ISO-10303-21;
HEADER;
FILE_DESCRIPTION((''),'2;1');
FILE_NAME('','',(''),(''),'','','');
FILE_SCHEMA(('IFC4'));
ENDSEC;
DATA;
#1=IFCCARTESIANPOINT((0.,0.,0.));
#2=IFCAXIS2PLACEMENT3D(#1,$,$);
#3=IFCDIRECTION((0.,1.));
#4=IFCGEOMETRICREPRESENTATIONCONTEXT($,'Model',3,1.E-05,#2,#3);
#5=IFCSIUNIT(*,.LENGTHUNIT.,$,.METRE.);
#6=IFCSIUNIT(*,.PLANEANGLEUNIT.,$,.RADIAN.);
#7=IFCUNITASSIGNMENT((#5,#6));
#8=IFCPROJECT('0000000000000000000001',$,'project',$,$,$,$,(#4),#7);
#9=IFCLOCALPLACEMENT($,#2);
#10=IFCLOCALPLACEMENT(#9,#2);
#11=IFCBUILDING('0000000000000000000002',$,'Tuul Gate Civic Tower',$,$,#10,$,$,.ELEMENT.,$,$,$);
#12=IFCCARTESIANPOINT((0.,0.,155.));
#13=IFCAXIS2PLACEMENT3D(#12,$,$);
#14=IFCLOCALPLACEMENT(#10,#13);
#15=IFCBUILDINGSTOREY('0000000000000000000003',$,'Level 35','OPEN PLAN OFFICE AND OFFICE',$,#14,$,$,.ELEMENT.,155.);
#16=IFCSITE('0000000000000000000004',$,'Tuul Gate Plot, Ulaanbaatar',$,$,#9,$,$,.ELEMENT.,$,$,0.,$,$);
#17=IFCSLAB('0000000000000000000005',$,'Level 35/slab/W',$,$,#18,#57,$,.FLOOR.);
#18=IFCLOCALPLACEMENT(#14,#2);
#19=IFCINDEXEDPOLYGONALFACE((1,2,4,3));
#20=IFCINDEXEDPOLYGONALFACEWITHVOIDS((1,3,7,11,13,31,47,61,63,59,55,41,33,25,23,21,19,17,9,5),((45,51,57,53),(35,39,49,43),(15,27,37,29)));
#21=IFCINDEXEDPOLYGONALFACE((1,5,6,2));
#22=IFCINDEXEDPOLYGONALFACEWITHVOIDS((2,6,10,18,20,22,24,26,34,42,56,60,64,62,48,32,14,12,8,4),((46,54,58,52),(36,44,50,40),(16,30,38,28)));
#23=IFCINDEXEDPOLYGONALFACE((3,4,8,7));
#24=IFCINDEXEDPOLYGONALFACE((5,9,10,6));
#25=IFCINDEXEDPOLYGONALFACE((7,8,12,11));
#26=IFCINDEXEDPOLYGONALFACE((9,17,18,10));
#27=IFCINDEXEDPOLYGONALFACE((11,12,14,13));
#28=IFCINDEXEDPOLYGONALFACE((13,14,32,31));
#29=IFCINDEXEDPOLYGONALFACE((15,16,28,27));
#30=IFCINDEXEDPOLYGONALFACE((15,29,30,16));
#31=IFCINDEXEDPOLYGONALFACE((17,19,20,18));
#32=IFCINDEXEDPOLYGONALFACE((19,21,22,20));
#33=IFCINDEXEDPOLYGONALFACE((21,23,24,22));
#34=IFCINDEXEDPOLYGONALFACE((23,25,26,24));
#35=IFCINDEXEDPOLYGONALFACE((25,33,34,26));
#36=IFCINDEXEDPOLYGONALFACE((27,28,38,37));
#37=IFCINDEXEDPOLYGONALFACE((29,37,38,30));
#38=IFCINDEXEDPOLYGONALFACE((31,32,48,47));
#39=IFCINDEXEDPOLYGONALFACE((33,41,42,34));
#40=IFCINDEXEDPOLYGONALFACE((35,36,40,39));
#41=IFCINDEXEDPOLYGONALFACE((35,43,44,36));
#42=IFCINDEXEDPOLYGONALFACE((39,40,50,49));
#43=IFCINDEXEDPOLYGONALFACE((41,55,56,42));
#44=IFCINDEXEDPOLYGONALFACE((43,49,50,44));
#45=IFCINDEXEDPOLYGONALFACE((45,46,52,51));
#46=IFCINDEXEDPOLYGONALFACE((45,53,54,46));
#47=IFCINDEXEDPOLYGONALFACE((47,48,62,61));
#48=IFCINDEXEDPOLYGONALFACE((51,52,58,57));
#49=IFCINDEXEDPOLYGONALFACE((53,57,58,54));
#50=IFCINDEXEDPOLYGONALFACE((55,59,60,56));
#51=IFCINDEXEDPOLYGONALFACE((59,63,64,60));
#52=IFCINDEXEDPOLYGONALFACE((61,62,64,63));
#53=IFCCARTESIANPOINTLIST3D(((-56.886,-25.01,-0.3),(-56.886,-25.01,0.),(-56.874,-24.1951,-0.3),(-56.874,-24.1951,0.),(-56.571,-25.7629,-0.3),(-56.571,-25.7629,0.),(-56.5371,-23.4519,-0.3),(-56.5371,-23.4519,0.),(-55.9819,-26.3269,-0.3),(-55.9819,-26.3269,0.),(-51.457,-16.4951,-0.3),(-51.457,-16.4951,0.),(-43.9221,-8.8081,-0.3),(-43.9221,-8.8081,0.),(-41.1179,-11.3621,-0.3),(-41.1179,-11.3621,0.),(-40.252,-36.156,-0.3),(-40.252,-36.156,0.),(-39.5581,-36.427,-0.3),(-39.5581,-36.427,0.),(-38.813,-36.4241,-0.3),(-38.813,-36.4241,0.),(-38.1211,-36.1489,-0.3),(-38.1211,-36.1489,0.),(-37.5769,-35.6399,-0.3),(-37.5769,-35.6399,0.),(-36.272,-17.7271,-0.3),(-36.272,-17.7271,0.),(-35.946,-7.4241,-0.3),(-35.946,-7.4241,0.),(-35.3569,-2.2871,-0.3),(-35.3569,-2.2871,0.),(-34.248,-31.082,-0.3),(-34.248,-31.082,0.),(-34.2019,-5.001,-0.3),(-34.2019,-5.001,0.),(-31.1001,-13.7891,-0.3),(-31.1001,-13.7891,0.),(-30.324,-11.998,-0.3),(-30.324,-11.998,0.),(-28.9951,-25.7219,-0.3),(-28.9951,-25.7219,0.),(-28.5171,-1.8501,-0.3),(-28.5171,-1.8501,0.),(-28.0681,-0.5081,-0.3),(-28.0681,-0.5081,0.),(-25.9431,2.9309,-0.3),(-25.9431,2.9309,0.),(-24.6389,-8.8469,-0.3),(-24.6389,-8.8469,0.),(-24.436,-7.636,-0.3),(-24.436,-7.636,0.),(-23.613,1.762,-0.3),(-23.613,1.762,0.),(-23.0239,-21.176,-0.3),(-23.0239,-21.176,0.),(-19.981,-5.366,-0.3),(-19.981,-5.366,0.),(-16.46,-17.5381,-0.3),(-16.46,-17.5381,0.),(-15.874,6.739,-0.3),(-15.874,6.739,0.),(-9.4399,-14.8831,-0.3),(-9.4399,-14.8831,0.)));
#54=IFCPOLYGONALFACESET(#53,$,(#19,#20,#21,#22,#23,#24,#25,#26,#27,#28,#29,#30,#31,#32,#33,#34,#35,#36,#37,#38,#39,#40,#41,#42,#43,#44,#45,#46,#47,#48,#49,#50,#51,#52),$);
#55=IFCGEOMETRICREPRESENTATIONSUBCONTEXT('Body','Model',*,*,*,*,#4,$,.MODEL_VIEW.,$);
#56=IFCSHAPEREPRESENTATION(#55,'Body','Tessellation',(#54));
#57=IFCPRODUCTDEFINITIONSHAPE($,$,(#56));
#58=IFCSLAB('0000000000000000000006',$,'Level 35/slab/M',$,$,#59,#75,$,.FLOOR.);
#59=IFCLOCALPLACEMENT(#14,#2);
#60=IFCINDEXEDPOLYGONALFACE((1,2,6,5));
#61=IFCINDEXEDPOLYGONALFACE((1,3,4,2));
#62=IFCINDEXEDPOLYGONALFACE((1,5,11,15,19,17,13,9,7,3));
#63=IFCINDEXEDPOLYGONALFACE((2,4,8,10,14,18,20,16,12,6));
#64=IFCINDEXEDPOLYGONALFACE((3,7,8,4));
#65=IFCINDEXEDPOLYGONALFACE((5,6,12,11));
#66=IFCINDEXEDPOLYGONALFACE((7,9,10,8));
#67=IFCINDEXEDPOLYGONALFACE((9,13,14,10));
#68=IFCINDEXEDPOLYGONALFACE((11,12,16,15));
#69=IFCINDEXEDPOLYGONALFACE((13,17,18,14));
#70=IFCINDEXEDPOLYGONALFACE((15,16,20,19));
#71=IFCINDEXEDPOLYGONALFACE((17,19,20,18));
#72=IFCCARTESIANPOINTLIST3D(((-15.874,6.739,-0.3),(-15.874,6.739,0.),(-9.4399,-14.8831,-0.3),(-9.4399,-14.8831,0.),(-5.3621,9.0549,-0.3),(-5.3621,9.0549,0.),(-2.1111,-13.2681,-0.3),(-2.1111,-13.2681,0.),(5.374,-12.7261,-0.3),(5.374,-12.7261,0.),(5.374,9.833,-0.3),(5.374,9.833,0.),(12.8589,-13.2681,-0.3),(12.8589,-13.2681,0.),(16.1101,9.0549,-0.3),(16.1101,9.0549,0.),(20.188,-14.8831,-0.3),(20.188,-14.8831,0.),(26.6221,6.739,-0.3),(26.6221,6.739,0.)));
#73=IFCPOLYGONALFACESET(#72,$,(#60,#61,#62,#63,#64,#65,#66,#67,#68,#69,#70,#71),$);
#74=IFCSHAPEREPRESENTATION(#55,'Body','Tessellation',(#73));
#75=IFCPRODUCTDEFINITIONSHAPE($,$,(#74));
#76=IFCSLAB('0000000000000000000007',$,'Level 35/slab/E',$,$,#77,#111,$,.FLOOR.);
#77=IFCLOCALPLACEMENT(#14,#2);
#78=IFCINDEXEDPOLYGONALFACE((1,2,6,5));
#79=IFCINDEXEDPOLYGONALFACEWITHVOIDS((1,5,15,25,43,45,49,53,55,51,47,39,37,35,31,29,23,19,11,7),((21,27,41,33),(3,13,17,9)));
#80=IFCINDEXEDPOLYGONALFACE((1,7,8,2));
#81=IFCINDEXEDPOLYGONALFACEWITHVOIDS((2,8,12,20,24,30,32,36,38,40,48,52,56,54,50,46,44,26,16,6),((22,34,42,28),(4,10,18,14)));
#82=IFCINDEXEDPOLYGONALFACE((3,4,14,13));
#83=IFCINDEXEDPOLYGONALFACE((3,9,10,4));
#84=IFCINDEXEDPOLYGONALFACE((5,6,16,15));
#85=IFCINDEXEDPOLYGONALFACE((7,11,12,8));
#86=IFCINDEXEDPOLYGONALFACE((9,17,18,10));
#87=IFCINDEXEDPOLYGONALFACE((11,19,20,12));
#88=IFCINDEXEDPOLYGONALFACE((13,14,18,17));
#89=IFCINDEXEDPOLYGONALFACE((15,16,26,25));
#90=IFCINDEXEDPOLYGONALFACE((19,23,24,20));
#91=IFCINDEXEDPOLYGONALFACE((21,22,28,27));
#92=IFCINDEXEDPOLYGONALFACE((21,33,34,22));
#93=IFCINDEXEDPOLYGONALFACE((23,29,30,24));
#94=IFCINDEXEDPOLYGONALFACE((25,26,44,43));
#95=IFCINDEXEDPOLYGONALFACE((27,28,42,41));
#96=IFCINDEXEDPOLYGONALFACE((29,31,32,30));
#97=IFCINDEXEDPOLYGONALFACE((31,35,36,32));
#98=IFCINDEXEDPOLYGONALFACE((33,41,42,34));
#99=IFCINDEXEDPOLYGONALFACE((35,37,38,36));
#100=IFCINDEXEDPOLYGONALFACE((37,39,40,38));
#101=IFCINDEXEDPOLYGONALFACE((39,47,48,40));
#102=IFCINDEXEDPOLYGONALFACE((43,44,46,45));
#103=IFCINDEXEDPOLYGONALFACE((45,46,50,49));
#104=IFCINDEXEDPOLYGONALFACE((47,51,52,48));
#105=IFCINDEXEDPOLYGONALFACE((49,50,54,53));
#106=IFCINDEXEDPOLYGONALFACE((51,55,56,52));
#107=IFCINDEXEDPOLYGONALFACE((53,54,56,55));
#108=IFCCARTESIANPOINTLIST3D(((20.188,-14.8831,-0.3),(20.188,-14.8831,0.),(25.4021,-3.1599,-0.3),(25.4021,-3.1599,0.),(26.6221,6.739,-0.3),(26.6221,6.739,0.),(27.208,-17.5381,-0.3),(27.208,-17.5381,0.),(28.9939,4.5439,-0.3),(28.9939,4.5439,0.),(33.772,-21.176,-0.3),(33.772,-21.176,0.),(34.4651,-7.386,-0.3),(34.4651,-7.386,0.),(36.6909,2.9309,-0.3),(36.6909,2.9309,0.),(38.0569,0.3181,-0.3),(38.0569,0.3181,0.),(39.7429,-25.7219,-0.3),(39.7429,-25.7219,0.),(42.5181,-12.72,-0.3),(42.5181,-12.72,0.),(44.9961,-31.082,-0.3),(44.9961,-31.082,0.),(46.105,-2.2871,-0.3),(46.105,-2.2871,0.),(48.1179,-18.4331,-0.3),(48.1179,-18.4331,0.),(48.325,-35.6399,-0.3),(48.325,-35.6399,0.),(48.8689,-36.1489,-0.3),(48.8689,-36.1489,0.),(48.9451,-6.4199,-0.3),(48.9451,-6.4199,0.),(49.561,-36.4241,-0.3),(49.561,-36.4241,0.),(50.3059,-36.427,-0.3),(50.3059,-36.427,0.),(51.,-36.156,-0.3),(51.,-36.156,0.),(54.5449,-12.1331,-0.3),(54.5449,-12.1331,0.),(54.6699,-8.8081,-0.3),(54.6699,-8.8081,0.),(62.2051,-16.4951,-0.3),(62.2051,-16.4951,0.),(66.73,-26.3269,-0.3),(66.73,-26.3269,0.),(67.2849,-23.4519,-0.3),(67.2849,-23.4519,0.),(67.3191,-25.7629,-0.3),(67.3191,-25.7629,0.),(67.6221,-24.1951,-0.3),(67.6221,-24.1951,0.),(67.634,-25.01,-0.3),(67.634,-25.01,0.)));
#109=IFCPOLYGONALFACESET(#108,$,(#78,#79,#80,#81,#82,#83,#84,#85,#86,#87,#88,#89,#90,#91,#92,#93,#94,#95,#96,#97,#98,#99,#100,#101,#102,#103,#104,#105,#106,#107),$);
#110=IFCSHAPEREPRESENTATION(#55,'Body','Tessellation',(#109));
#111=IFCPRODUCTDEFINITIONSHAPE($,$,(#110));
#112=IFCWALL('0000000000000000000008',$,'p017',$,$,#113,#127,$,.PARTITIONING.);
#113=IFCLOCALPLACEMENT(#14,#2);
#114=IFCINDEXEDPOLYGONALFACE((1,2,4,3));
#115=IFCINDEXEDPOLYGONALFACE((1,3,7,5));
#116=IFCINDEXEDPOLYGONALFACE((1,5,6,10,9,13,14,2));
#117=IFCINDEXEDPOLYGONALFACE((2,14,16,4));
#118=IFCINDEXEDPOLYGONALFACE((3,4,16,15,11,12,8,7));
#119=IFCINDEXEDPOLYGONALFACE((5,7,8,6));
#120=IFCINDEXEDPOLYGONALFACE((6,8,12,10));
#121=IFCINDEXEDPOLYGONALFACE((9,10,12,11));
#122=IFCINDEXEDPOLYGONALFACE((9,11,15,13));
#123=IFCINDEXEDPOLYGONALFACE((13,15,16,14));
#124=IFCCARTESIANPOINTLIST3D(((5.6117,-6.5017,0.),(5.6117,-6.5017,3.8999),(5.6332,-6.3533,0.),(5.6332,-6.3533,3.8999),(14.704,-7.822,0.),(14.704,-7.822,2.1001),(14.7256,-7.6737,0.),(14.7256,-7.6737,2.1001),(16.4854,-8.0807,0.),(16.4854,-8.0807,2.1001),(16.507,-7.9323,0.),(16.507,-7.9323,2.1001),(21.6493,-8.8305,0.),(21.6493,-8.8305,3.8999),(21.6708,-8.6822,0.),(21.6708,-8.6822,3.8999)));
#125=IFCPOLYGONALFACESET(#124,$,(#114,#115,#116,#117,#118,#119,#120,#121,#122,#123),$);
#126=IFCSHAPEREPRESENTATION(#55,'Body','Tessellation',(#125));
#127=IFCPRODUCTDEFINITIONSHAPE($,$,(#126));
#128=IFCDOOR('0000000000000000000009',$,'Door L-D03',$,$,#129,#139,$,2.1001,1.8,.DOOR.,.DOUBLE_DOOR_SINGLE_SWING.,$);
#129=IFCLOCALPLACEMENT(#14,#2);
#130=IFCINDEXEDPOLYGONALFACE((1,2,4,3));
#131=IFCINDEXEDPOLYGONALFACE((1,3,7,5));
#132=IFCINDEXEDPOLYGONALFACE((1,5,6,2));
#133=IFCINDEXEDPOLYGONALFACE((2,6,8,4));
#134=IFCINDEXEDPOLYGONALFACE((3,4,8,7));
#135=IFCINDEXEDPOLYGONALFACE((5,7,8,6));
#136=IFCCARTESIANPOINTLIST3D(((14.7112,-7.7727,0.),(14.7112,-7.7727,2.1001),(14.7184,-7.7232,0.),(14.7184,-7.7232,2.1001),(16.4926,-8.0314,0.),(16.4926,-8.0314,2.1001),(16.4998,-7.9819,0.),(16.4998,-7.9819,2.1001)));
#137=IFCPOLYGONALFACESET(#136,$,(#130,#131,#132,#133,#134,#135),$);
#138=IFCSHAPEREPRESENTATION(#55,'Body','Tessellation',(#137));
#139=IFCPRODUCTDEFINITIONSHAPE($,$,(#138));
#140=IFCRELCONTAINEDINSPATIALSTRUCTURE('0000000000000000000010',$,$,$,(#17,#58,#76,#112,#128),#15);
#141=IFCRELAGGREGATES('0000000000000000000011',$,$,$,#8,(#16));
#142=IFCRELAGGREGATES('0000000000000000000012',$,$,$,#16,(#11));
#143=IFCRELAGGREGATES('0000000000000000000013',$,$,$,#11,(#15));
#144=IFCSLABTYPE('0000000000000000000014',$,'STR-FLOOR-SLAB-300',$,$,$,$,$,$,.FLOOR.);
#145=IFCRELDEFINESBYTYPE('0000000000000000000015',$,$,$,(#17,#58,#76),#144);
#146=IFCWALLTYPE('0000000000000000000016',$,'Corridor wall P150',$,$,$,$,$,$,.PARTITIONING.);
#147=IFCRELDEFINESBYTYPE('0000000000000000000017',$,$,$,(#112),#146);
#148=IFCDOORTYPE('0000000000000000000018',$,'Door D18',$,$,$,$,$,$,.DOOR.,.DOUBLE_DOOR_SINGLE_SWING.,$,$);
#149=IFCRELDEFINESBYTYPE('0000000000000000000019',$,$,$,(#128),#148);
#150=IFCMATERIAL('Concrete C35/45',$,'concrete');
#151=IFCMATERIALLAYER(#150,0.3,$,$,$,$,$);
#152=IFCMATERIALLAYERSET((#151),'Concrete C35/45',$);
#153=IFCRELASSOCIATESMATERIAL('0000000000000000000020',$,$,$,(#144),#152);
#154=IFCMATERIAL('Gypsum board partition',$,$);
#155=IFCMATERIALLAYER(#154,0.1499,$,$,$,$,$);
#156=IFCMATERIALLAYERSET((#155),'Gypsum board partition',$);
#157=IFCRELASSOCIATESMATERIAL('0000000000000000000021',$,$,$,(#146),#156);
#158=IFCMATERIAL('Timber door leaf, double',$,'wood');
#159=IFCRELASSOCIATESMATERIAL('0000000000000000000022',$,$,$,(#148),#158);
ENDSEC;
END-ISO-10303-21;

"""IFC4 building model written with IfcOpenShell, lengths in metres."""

from ifc_helpers import new_model, si_unit, direction, frame, frame_2d, origin, place, context, subcontext, project, spatial, polyline, rectangle, outline, extrude, material, layer, layer_set, type_object, element, fill, save


model = new_model("IFC4")

# Units and contexts
model_context = context("Model", 3, precision=1e-05, world=origin(), true_north=direction((0.0, 1.0)))
body_context = subcontext(model_context, "Body", "Model", "MODEL_VIEW")
ifc_project = project(units=[si_unit("LENGTHUNIT", "METRE"), si_unit("PLANEANGLEUNIT", "RADIAN")], contexts=[model_context])

# Site, building, storey
site_placement = place(None, origin())
site = spatial("IfcSite", under=ifc_project, at=site_placement, Name="Tuul Gate Plot, Ulaanbaatar", CompositionType="ELEMENT", RefElevation=0.0)
building_placement = place(site_placement, origin())
building = spatial("IfcBuilding", under=site, at=building_placement, Name="Tuul Gate Civic Tower", CompositionType="ELEMENT")
storey_placement = place(building_placement, frame((0.0, 0.0, 155.0)))
storey = spatial("IfcBuildingStorey", under=building, at=storey_placement, Name="Level 35", Description="OPEN PLAN OFFICE AND OFFICE", CompositionType="ELEMENT", Elevation=155.0)

# Slabs
ifc_material_1 = material(Name="Concrete C35/45", Category="concrete")
ifc_layer_1 = layer(ifc_material_1, 0.3)
ifc_layer_set_1 = layer_set([ifc_layer_1], Name="Concrete C35/45")
slab_type_1 = type_object("IfcSlabType", Name="STR-FLOOR-SLAB-300", PredefinedType="FLOOR", material=ifc_layer_set_1)
slab_1_placement = place(storey_placement, frame((0.0, 0.0, -0.3)))
element("IfcSlab", 1, at=slab_1_placement, inside=storey, type_object=slab_type_1, Name="Level 35/slab/W", PredefinedType="FLOOR", context=body_context, shape_type="SweptSolid", body=[
    extrude(outline(polyline([(-16.46, -17.5381), (-9.4399, -14.8831), (-15.874, 6.739), (-25.9431, 2.9309), (-35.3569, -2.2871), (-43.9221, -8.8081), (-51.457, -16.4951), (-56.5371, -23.4519), (-56.874, -24.1951), (-56.886, -25.01), (-56.571, -25.7629), (-55.9819, -26.3269), (-40.252, -36.156), (-39.5581, -36.427), (-38.813, -36.4241), (-38.1211, -36.1489), (-37.5769, -35.6399), (-34.248, -31.082), (-28.9951, -25.7219), (-23.0239, -21.176), (-16.46, -17.5381)]), holes=[polyline([(-31.1001, -13.7891), (-36.272, -17.7271), (-41.1179, -11.3621), (-35.946, -7.4241), (-31.1001, -13.7891)]), polyline([(-24.6389, -8.8469), (-30.324, -11.998), (-34.2019, -5.001), (-28.5171, -1.8501), (-24.6389, -8.8469)]), polyline([(-24.436, -7.636), (-28.0681, -0.5081), (-23.613, 1.762), (-19.981, -5.366), (-24.436, -7.636)])]), origin(), (0.0, 0.0, 1.0), 0.3),
])
slab_2_placement = place(storey_placement, frame((0.0, 0.0, -0.3)))
element("IfcSlab", 2, at=slab_2_placement, inside=storey, type_object=slab_type_1, Name="Level 35/slab/M", PredefinedType="FLOOR", context=body_context, shape_type="SweptSolid", body=[
    extrude(outline(polyline([(20.188, -14.8831), (26.6221, 6.739), (16.1101, 9.0549), (5.374, 9.833), (-5.3621, 9.0549), (-15.874, 6.739), (-9.4399, -14.8831), (-2.1111, -13.2681), (5.374, -12.7261), (12.8589, -13.2681), (20.188, -14.8831)])), origin(), (0.0, 0.0, 1.0), 0.3),
])
slab_3_placement = place(storey_placement, frame((0.0, 0.0, -0.3)))
element("IfcSlab", 3, at=slab_3_placement, inside=storey, type_object=slab_type_1, Name="Level 35/slab/E", PredefinedType="FLOOR", context=body_context, shape_type="SweptSolid", body=[
    extrude(outline(polyline([(50.3059, -36.427), (51.0, -36.156), (66.73, -26.3269), (67.3191, -25.7629), (67.634, -25.01), (67.6221, -24.1951), (67.2849, -23.4519), (62.2051, -16.4951), (54.6699, -8.8081), (46.105, -2.2871), (36.6909, 2.9309), (26.6221, 6.739), (20.188, -14.8831), (27.208, -17.5381), (33.772, -21.176), (39.7429, -25.7219), (44.9961, -31.082), (48.325, -35.6399), (48.8689, -36.1489), (49.561, -36.4241), (50.3059, -36.427)]), holes=[polyline([(48.1179, -18.4331), (42.5181, -12.72), (48.9451, -6.4199), (54.5449, -12.1331), (48.1179, -18.4331)]), polyline([(25.4021, -3.1599), (28.9939, 4.5439), (38.0569, 0.3181), (34.4651, -7.386), (25.4021, -3.1599)])]), origin(), (0.0, 0.0, 1.0), 0.3),
])

# Wall, opening, door
ifc_material_2 = material(Name="Gypsum board partition")
ifc_layer_2 = layer(ifc_material_2, 0.1499)
ifc_layer_set_2 = layer_set([ifc_layer_2], Name="Gypsum board partition")
wall_type_1 = type_object("IfcWallType", Name="Corridor wall P150", PredefinedType="PARTITIONING", material=ifc_layer_set_2)
wall_1_placement = place(storey_placement, frame((5.6223, -6.4275, 0.0), z_axis=(0.0, 0.0, 1.0), x_axis=(0.989621, -0.143705, 0.0)))
wall_1 = element("IfcWall", 4, at=wall_1_placement, inside=storey, type_object=wall_type_1, Name="p017", PredefinedType="PARTITIONING", context=body_context, shape_type="SweptSolid", body=[
    extrude(rectangle(XDim=16.2058, YDim=0.1499, at=frame_2d((8.103, 0.0))), origin(), (0.0, 0.0, 1.0), 3.8999),
])
opening_1_placement = place(wall_1_placement, frame((9.188, 0.0, 0.0)))
opening_1 = element("IfcOpeningElement", 5, at=opening_1_placement, cuts=wall_1, PredefinedType="OPENING", context=body_context, shape_type="SweptSolid", body=[
    extrude(rectangle(XDim=1.8, YDim=2.1001, at=frame_2d((0.8999, 1.05))), frame((0.0, 0.085, 0.0), z_axis=(0.0, -1.0, 0.0), x_axis=(1.0, 0.0, 0.0)), (0.0, 0.0, 1.0), 0.1699),
])
ifc_material_3 = material(Name="Timber door leaf, double", Category="wood")
door_type = type_object("IfcDoorType", Name="Door D18", OperationType="DOUBLE_DOOR_SINGLE_SWING", PredefinedType="DOOR", material=ifc_material_3)
door_placement = place(opening_1_placement, origin())
door = element("IfcDoor", 6, at=door_placement, inside=storey, type_object=door_type, Name="Door L-D03", OperationType="DOUBLE_DOOR_SINGLE_SWING", OverallHeight=2.1001, OverallWidth=1.8, PredefinedType="DOOR", context=body_context, shape_type="SweptSolid", body=[
    extrude(rectangle(XDim=1.8, YDim=2.1001, at=frame_2d((0.8999, 1.05))), frame((0.0, 0.0249, 0.0), z_axis=(0.0, -1.0, 0.0), x_axis=(1.0, 0.0, 0.0)), (0.0, 0.0, 1.0), 0.05),
])
fill(opening_1, door)

save(model, "model.ifc")
